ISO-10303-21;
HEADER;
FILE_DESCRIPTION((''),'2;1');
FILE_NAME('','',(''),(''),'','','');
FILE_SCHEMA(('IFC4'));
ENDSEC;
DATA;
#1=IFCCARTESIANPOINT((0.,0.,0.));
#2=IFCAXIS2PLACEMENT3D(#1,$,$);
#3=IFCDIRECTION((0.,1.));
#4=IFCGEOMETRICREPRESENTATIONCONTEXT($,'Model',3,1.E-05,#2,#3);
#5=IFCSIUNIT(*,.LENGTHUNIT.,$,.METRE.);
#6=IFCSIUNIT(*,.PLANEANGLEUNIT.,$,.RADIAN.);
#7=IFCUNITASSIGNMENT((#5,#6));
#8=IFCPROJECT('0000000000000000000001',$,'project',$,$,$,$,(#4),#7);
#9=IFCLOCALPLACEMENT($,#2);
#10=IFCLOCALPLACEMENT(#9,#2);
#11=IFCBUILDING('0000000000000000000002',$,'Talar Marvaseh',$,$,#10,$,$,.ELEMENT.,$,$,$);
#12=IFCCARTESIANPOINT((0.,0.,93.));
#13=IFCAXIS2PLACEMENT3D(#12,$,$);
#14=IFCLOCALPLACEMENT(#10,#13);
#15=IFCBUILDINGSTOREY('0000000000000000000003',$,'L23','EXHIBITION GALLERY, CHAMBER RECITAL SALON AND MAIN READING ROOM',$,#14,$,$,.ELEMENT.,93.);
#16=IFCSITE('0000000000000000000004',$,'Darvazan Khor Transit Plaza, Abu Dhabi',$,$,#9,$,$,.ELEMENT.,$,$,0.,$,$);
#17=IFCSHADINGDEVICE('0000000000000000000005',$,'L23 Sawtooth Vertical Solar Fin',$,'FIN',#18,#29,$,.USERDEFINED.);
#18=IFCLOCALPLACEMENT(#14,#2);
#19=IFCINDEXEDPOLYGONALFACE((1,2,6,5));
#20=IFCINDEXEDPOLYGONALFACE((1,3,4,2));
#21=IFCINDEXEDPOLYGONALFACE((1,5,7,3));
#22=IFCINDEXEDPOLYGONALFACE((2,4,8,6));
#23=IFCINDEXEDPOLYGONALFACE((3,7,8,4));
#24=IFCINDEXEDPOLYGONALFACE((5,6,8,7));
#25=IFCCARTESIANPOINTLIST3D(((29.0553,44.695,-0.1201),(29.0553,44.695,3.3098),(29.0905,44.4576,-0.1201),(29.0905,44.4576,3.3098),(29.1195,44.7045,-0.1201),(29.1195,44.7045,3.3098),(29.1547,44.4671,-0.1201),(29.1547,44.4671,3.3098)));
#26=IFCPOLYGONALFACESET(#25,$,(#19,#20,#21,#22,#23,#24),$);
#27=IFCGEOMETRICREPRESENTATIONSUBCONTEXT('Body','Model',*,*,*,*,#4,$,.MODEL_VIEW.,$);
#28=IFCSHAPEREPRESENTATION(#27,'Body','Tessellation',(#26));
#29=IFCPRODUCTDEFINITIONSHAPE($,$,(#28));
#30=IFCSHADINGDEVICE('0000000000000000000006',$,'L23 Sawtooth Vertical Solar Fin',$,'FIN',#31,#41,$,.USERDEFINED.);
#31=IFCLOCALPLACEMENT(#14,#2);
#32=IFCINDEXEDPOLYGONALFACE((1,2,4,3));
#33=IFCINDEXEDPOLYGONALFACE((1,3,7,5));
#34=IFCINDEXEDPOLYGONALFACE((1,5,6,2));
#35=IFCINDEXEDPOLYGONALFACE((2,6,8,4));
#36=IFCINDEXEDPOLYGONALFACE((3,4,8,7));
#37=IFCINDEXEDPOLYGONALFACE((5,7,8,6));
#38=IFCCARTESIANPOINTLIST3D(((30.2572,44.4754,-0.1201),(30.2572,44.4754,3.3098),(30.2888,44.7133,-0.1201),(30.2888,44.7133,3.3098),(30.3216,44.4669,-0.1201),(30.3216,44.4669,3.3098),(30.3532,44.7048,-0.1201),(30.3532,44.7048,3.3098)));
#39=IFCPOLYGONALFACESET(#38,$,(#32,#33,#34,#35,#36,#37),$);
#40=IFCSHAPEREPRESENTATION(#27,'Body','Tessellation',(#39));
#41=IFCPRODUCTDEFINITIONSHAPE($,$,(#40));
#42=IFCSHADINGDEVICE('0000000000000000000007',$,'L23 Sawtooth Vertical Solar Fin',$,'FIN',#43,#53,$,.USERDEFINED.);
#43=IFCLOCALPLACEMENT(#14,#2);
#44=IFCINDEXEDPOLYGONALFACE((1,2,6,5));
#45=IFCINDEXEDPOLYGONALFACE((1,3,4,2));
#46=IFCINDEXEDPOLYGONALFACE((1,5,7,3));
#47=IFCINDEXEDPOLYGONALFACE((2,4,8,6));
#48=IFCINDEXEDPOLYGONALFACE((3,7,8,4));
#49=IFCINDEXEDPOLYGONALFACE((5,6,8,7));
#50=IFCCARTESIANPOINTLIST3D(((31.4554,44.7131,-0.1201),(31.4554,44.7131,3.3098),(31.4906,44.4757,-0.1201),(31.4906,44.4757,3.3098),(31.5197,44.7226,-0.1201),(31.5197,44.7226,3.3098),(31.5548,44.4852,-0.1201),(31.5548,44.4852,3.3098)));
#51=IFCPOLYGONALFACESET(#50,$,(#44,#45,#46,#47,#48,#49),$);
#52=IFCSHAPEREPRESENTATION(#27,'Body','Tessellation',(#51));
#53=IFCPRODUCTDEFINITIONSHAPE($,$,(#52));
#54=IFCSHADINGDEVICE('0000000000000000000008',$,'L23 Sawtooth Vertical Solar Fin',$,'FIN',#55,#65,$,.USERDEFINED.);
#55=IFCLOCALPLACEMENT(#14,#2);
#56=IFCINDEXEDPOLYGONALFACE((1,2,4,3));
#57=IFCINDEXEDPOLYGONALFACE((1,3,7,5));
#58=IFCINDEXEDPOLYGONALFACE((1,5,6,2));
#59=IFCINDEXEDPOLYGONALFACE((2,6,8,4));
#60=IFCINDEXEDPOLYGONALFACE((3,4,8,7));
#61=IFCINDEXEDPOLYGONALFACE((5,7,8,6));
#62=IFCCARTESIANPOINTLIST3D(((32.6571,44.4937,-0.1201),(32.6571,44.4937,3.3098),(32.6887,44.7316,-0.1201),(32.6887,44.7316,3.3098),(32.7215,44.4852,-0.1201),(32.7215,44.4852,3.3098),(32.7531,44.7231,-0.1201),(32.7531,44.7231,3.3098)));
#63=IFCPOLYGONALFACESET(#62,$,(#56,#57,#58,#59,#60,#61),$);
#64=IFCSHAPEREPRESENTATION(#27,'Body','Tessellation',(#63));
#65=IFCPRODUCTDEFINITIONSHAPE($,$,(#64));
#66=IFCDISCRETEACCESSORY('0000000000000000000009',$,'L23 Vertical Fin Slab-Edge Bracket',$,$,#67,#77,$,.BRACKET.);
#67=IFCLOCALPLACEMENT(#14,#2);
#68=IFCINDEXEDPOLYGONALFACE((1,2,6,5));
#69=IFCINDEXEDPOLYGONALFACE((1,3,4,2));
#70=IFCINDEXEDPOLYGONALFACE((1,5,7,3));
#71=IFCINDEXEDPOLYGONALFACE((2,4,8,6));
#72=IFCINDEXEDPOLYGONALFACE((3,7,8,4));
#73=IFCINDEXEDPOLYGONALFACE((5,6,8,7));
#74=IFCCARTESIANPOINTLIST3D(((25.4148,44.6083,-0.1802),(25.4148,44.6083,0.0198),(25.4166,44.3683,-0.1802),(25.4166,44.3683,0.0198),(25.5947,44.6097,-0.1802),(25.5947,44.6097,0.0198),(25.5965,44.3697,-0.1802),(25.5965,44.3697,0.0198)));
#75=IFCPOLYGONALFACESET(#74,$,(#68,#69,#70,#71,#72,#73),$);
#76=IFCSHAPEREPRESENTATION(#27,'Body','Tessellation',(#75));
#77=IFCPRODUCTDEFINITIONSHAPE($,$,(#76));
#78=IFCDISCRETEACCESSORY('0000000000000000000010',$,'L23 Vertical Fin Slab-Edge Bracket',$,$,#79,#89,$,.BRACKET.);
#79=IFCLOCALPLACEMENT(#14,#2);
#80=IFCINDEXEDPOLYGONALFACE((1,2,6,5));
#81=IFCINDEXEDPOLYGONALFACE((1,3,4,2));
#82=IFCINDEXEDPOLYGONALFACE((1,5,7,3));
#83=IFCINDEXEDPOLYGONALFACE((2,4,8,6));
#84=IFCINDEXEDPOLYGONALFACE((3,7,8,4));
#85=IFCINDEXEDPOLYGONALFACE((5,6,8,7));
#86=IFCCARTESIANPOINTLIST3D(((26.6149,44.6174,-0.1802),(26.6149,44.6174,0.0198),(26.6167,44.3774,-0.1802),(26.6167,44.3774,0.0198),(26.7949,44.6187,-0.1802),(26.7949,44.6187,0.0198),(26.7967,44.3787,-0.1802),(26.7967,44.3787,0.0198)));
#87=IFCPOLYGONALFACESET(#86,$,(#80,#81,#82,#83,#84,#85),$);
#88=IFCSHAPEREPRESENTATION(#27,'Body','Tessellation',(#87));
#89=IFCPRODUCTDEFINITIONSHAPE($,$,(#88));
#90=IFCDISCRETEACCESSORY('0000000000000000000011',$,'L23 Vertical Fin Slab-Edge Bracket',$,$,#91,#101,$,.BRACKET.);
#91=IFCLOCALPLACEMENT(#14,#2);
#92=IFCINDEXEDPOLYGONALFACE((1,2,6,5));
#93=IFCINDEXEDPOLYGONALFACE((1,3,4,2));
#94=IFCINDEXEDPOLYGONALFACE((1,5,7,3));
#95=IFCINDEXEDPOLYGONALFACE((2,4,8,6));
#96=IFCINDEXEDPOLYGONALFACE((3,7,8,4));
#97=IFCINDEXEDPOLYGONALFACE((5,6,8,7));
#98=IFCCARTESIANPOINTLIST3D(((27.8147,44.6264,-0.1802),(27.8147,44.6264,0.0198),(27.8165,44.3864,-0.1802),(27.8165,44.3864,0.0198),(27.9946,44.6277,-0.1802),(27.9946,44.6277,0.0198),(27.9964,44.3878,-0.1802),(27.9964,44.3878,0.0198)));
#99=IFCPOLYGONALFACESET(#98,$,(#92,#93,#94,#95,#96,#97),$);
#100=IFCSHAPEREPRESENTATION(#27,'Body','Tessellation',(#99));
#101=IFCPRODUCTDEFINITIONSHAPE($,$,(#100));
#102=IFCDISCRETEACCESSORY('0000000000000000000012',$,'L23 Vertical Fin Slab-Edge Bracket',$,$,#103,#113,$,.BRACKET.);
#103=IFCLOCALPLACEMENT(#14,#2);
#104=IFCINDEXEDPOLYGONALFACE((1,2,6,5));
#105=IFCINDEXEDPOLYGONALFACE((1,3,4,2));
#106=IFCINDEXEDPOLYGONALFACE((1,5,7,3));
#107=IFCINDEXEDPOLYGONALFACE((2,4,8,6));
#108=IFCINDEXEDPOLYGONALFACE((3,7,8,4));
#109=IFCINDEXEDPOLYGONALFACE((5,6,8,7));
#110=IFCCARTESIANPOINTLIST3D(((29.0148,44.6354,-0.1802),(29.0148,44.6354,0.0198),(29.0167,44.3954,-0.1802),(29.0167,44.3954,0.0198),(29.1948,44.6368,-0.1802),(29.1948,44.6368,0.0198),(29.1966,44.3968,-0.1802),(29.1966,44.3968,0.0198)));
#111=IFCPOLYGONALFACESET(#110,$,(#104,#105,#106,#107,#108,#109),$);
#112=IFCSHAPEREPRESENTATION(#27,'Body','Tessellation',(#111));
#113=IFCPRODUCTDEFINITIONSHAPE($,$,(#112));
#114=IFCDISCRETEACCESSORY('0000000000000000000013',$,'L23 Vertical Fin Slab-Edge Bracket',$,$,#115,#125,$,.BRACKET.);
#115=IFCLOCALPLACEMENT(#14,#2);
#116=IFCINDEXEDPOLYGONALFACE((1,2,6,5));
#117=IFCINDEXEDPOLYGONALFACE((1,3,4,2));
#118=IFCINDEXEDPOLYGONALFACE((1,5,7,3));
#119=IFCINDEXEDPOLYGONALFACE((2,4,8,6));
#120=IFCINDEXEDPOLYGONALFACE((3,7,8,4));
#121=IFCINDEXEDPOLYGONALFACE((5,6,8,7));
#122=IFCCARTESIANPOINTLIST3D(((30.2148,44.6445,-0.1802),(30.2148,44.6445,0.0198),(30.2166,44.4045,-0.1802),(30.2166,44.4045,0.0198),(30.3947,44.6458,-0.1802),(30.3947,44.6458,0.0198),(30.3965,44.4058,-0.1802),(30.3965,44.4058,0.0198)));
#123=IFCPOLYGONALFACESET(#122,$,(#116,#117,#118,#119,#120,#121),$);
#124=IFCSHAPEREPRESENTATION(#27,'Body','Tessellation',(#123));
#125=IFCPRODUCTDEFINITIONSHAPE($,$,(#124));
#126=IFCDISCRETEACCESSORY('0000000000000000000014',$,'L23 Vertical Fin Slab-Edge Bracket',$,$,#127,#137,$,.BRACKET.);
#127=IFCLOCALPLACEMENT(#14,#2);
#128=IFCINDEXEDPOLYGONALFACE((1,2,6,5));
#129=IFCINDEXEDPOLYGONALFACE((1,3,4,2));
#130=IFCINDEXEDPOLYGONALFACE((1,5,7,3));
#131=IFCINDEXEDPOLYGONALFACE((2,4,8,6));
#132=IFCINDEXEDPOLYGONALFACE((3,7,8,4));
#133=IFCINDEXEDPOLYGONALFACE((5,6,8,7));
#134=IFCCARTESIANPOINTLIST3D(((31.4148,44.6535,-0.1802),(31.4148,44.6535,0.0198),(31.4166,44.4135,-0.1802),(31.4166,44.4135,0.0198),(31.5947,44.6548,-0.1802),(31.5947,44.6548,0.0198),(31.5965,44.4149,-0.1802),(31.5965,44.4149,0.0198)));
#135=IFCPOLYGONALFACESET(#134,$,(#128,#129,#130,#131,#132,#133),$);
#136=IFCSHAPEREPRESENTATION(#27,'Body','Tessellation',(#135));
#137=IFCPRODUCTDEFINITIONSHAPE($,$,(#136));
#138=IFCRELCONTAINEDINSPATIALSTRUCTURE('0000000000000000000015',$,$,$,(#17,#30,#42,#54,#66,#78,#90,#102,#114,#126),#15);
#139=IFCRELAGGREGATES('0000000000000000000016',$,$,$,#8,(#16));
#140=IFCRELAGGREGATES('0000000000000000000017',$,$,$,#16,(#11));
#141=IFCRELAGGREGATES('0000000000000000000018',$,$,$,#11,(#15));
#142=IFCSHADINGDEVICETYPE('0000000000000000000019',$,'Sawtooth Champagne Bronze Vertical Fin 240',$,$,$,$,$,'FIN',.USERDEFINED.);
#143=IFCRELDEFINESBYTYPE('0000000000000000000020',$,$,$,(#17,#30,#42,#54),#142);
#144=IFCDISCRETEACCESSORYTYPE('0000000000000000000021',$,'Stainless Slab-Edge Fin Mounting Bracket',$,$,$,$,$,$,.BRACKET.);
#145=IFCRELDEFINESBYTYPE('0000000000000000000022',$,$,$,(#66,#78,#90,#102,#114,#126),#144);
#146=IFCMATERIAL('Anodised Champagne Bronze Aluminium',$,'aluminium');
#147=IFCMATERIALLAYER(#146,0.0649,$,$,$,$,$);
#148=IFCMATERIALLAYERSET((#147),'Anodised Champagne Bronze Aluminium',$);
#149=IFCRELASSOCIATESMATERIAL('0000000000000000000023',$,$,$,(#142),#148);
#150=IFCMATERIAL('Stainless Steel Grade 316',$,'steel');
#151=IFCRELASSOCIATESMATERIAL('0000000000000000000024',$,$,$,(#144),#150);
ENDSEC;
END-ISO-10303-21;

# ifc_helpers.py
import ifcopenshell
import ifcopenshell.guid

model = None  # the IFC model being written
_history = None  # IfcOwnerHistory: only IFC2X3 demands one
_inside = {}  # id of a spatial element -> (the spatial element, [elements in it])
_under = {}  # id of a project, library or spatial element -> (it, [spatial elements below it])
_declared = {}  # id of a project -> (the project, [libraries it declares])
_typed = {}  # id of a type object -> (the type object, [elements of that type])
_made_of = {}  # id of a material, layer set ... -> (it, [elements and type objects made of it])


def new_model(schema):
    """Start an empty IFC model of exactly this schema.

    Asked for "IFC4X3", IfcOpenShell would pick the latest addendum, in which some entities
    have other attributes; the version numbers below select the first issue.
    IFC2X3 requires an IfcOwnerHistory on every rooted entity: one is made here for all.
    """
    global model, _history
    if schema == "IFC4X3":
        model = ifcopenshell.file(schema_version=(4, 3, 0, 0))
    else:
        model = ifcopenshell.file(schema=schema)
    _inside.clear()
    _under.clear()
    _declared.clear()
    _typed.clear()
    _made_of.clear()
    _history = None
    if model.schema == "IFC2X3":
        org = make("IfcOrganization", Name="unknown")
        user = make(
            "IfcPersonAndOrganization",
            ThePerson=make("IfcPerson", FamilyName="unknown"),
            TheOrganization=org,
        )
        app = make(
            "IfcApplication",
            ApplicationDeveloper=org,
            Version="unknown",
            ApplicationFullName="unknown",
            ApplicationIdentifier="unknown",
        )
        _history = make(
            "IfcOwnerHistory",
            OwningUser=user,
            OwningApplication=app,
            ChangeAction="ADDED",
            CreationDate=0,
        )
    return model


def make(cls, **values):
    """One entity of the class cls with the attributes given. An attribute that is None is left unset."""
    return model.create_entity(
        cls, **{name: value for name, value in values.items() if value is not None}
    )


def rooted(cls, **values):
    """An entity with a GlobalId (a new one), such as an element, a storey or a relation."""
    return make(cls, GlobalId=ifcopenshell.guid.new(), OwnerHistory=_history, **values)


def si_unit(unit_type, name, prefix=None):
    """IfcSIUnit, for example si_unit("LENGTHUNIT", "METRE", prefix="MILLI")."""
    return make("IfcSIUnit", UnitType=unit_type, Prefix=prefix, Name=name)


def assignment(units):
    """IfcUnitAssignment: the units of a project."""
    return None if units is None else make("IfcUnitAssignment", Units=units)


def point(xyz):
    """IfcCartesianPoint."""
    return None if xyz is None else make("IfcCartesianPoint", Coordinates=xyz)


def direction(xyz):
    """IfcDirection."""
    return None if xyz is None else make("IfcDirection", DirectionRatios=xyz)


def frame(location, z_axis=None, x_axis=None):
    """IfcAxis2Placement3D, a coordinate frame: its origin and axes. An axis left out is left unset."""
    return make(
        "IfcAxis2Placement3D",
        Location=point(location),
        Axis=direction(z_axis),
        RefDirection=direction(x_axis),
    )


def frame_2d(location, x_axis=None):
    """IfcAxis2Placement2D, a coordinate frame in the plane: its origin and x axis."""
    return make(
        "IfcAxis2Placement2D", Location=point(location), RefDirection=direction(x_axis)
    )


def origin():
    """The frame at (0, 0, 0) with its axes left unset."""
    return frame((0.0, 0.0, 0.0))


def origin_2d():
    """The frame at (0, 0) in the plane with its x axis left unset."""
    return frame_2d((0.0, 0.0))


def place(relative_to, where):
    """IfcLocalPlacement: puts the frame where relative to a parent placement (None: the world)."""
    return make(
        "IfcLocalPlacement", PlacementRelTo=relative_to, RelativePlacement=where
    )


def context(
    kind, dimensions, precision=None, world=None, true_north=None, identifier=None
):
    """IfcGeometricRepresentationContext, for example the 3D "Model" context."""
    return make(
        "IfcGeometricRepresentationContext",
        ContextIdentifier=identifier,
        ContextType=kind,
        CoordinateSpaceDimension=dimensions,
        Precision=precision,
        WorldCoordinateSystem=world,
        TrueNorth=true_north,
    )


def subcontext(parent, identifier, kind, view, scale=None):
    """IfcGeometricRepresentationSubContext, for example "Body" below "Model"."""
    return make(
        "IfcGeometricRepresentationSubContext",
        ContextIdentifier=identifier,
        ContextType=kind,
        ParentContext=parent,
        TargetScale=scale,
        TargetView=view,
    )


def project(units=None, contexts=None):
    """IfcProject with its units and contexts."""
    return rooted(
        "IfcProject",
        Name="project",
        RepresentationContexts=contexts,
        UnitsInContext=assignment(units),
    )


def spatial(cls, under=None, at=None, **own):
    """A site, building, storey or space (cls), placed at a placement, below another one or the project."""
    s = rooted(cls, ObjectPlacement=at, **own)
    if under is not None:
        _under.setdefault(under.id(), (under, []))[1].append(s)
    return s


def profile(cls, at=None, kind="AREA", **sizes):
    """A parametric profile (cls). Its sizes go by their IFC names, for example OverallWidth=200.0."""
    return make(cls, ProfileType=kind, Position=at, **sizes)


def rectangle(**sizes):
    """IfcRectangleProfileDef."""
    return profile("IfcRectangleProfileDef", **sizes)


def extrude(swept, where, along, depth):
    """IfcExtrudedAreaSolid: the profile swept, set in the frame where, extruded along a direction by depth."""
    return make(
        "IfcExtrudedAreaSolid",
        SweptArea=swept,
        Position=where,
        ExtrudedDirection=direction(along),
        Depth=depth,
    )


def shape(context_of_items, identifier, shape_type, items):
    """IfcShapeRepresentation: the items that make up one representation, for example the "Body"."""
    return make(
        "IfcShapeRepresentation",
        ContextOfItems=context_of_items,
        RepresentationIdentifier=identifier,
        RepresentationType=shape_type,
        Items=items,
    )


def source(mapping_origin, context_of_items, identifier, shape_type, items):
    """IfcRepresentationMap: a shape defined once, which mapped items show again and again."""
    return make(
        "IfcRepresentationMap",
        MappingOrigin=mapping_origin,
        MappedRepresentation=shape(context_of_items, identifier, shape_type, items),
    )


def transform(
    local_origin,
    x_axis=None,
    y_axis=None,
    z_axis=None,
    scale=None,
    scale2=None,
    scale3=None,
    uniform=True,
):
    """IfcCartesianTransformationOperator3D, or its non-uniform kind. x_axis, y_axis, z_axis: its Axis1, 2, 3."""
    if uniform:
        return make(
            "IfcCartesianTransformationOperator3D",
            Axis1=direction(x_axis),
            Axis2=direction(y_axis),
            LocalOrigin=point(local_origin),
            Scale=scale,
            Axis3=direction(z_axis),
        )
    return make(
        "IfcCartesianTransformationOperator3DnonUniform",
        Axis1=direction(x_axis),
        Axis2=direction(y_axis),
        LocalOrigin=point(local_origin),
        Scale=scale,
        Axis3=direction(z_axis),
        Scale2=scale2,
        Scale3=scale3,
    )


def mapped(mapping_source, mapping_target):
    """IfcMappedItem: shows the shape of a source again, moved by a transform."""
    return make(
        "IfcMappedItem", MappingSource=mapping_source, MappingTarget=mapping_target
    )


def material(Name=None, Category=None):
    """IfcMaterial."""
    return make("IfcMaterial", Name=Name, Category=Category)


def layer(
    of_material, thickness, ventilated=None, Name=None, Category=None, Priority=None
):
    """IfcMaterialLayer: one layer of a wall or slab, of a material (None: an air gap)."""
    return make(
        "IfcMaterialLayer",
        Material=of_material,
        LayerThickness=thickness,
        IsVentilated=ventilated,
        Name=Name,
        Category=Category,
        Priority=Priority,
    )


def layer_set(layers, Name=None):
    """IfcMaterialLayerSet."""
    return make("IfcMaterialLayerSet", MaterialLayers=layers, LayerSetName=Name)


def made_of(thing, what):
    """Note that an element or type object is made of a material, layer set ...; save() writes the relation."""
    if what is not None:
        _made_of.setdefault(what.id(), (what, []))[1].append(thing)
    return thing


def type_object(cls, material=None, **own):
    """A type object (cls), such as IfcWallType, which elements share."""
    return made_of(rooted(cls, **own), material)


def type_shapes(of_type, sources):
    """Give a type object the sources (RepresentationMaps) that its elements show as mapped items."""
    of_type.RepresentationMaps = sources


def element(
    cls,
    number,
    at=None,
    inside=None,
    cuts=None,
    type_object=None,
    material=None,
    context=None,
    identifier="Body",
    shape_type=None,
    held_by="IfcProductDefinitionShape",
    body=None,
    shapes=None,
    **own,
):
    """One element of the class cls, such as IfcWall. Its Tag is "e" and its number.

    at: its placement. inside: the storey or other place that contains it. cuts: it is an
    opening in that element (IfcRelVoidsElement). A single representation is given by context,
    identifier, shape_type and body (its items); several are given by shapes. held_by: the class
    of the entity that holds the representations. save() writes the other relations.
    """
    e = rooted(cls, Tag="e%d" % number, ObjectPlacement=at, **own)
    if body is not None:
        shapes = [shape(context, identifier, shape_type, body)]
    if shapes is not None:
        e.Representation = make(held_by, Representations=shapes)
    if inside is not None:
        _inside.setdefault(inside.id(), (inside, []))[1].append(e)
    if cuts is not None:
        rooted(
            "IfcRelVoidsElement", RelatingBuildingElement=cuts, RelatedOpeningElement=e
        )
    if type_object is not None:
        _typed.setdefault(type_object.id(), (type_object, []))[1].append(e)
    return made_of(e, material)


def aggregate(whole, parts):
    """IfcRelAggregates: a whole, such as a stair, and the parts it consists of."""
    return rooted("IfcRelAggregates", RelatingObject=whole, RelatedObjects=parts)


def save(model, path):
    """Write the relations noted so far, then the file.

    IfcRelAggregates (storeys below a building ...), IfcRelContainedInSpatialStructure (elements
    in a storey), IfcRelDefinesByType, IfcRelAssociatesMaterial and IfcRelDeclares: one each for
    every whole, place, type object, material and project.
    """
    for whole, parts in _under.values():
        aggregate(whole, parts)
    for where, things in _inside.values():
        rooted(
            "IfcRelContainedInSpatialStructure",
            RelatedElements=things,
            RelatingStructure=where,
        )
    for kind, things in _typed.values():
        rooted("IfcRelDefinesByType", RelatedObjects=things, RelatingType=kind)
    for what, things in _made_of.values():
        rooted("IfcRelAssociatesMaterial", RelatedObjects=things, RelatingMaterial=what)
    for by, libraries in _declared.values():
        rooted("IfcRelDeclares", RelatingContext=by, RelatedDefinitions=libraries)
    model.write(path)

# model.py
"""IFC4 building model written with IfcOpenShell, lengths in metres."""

from ifc_helpers import new_model, si_unit, direction, frame, origin, origin_2d, place, context, subcontext, project, spatial, rectangle, extrude, source, transform, mapped, material, layer, layer_set, type_object, type_shapes, element, save


model = new_model("IFC4")

# Units and contexts
model_context = context("Model", 3, precision=1e-05, world=origin(), true_north=direction((0.0, 1.0)))
body_context = subcontext(model_context, "Body", "Model", "MODEL_VIEW")
ifc_project = project(units=[si_unit("LENGTHUNIT", "METRE"), si_unit("PLANEANGLEUNIT", "RADIAN")], contexts=[model_context])

# Site, building, storey
site_placement = place(None, origin())
site = spatial("IfcSite", under=ifc_project, at=site_placement, Name="Darvazan Khor Transit Plaza, Abu Dhabi", CompositionType="ELEMENT", RefElevation=0.0)
building_placement = place(site_placement, origin())
building = spatial("IfcBuilding", under=site, at=building_placement, Name="Talar Marvaseh", CompositionType="ELEMENT")
storey_placement = place(building_placement, frame((0.0, 0.0, 93.0)))
storey = spatial("IfcBuildingStorey", under=building, at=storey_placement, Name="L23", Description="EXHIBITION GALLERY, CHAMBER RECITAL SALON AND MAIN READING ROOM", CompositionType="ELEMENT", Elevation=93.0)

# Shading devices
ifc_material_1 = material(Name="Anodised Champagne Bronze Aluminium", Category="aluminium")
ifc_layer_1 = layer(ifc_material_1, 0.0649)
ifc_layer_set_1 = layer_set([ifc_layer_1], Name="Anodised Champagne Bronze Aluminium")
shading_device_type = type_object("IfcShadingDeviceType", Name="Sawtooth Champagne Bronze Vertical Fin 240", ElementType="FIN", PredefinedType="USERDEFINED", material=ifc_layer_set_1)
shared_shape_1 = source(origin(), body_context, "Body", "SweptSolid", [
    extrude(rectangle(XDim=0.24, YDim=0.0649, at=origin_2d()), origin(), (0.0, 0.0, 1.0), 3.4299),
])
type_shapes(shading_device_type, [shared_shape_1])
for number, where, z_axis, x_axis, name in (
    (1, (29.105, 44.5811, -0.1201), (0.0, 0.0, 1.0), (-0.146601, 0.989196, 0.0), "L23 Sawtooth Vertical Solar Fin"),
    (2, (30.3052, 44.5901, -0.1201), (0.0, 0.0, 1.0), (0.131737, 0.991285, 0.0), "L23 Sawtooth Vertical Solar Fin"),
    (3, (31.5051, 44.5991, -0.1201), (0.0, 0.0, 1.0), (-0.146601, 0.989196, 0.0), "L23 Sawtooth Vertical Solar Fin"),
    (4, (32.7051, 44.6084, -0.1201), (0.0, 0.0, 1.0), (0.131737, 0.991285, 0.0), "L23 Sawtooth Vertical Solar Fin"),
):
    element("IfcShadingDevice", number, at=place(storey_placement, frame(where, z_axis=z_axis, x_axis=x_axis)), inside=storey, type_object=shading_device_type, Name=name, ObjectType="FIN", PredefinedType="USERDEFINED", context=body_context, shape_type="MappedRepresentation", body=[
        mapped(shared_shape_1, transform((0.0, 0.0, 0.0), x_axis=(1.0, 0.0, 0.0), y_axis=(0.0, 1.0, 0.0), z_axis=(0.0, 0.0, 1.0), scale=1.0)),
    ])

# Discrete accessories
ifc_material_2 = material(Name="Stainless Steel Grade 316", Category="steel")
discrete_accessory_type = type_object("IfcDiscreteAccessoryType", Name="Stainless Slab-Edge Fin Mounting Bracket", PredefinedType="BRACKET", material=ifc_material_2)
shared_shape_2 = source(origin(), body_context, "Body", "SweptSolid", [
    extrude(rectangle(XDim=0.24, YDim=0.1799, at=origin_2d()), origin(), (0.0, 0.0, 1.0), 0.2),
])
type_shapes(discrete_accessory_type, [shared_shape_2])
for number, where, z_axis, x_axis, name in (
    (5, (25.5056, 44.489, -0.1802), (0.0, 0.0, 1.0), (-0.007505, 0.999972, 0.0), "L23 Vertical Fin Slab-Edge Bracket"),
    (6, (26.7058, 44.498, -0.1802), (0.0, 0.0, 1.0), (-0.007505, 0.999972, 0.0), "L23 Vertical Fin Slab-Edge Bracket"),
    (7, (27.9055, 44.5071, -0.1802), (0.0, 0.0, 1.0), (-0.007505, 0.999972, 0.0), "L23 Vertical Fin Slab-Edge Bracket"),
    (8, (29.1057, 44.5161, -0.1802), (0.0, 0.0, 1.0), (-0.007505, 0.999972, 0.0), "L23 Vertical Fin Slab-Edge Bracket"),
    (9, (30.3057, 44.5251, -0.1802), (0.0, 0.0, 1.0), (-0.007505, 0.999972, 0.0), "L23 Vertical Fin Slab-Edge Bracket"),
    (10, (31.5056, 44.5342, -0.1802), (0.0, 0.0, 1.0), (-0.007505, 0.999972, 0.0), "L23 Vertical Fin Slab-Edge Bracket"),
):
    element("IfcDiscreteAccessory", number, at=place(storey_placement, frame(where, z_axis=z_axis, x_axis=x_axis)), inside=storey, type_object=discrete_accessory_type, Name=name, PredefinedType="BRACKET", context=body_context, shape_type="MappedRepresentation", body=[
        mapped(shared_shape_2, transform((0.0, 0.0, 0.0), x_axis=(1.0, 0.0, 0.0), y_axis=(0.0, 1.0, 0.0), z_axis=(0.0, 0.0, 1.0), scale=1.0)),
    ])

save(model, "model.ifc")
